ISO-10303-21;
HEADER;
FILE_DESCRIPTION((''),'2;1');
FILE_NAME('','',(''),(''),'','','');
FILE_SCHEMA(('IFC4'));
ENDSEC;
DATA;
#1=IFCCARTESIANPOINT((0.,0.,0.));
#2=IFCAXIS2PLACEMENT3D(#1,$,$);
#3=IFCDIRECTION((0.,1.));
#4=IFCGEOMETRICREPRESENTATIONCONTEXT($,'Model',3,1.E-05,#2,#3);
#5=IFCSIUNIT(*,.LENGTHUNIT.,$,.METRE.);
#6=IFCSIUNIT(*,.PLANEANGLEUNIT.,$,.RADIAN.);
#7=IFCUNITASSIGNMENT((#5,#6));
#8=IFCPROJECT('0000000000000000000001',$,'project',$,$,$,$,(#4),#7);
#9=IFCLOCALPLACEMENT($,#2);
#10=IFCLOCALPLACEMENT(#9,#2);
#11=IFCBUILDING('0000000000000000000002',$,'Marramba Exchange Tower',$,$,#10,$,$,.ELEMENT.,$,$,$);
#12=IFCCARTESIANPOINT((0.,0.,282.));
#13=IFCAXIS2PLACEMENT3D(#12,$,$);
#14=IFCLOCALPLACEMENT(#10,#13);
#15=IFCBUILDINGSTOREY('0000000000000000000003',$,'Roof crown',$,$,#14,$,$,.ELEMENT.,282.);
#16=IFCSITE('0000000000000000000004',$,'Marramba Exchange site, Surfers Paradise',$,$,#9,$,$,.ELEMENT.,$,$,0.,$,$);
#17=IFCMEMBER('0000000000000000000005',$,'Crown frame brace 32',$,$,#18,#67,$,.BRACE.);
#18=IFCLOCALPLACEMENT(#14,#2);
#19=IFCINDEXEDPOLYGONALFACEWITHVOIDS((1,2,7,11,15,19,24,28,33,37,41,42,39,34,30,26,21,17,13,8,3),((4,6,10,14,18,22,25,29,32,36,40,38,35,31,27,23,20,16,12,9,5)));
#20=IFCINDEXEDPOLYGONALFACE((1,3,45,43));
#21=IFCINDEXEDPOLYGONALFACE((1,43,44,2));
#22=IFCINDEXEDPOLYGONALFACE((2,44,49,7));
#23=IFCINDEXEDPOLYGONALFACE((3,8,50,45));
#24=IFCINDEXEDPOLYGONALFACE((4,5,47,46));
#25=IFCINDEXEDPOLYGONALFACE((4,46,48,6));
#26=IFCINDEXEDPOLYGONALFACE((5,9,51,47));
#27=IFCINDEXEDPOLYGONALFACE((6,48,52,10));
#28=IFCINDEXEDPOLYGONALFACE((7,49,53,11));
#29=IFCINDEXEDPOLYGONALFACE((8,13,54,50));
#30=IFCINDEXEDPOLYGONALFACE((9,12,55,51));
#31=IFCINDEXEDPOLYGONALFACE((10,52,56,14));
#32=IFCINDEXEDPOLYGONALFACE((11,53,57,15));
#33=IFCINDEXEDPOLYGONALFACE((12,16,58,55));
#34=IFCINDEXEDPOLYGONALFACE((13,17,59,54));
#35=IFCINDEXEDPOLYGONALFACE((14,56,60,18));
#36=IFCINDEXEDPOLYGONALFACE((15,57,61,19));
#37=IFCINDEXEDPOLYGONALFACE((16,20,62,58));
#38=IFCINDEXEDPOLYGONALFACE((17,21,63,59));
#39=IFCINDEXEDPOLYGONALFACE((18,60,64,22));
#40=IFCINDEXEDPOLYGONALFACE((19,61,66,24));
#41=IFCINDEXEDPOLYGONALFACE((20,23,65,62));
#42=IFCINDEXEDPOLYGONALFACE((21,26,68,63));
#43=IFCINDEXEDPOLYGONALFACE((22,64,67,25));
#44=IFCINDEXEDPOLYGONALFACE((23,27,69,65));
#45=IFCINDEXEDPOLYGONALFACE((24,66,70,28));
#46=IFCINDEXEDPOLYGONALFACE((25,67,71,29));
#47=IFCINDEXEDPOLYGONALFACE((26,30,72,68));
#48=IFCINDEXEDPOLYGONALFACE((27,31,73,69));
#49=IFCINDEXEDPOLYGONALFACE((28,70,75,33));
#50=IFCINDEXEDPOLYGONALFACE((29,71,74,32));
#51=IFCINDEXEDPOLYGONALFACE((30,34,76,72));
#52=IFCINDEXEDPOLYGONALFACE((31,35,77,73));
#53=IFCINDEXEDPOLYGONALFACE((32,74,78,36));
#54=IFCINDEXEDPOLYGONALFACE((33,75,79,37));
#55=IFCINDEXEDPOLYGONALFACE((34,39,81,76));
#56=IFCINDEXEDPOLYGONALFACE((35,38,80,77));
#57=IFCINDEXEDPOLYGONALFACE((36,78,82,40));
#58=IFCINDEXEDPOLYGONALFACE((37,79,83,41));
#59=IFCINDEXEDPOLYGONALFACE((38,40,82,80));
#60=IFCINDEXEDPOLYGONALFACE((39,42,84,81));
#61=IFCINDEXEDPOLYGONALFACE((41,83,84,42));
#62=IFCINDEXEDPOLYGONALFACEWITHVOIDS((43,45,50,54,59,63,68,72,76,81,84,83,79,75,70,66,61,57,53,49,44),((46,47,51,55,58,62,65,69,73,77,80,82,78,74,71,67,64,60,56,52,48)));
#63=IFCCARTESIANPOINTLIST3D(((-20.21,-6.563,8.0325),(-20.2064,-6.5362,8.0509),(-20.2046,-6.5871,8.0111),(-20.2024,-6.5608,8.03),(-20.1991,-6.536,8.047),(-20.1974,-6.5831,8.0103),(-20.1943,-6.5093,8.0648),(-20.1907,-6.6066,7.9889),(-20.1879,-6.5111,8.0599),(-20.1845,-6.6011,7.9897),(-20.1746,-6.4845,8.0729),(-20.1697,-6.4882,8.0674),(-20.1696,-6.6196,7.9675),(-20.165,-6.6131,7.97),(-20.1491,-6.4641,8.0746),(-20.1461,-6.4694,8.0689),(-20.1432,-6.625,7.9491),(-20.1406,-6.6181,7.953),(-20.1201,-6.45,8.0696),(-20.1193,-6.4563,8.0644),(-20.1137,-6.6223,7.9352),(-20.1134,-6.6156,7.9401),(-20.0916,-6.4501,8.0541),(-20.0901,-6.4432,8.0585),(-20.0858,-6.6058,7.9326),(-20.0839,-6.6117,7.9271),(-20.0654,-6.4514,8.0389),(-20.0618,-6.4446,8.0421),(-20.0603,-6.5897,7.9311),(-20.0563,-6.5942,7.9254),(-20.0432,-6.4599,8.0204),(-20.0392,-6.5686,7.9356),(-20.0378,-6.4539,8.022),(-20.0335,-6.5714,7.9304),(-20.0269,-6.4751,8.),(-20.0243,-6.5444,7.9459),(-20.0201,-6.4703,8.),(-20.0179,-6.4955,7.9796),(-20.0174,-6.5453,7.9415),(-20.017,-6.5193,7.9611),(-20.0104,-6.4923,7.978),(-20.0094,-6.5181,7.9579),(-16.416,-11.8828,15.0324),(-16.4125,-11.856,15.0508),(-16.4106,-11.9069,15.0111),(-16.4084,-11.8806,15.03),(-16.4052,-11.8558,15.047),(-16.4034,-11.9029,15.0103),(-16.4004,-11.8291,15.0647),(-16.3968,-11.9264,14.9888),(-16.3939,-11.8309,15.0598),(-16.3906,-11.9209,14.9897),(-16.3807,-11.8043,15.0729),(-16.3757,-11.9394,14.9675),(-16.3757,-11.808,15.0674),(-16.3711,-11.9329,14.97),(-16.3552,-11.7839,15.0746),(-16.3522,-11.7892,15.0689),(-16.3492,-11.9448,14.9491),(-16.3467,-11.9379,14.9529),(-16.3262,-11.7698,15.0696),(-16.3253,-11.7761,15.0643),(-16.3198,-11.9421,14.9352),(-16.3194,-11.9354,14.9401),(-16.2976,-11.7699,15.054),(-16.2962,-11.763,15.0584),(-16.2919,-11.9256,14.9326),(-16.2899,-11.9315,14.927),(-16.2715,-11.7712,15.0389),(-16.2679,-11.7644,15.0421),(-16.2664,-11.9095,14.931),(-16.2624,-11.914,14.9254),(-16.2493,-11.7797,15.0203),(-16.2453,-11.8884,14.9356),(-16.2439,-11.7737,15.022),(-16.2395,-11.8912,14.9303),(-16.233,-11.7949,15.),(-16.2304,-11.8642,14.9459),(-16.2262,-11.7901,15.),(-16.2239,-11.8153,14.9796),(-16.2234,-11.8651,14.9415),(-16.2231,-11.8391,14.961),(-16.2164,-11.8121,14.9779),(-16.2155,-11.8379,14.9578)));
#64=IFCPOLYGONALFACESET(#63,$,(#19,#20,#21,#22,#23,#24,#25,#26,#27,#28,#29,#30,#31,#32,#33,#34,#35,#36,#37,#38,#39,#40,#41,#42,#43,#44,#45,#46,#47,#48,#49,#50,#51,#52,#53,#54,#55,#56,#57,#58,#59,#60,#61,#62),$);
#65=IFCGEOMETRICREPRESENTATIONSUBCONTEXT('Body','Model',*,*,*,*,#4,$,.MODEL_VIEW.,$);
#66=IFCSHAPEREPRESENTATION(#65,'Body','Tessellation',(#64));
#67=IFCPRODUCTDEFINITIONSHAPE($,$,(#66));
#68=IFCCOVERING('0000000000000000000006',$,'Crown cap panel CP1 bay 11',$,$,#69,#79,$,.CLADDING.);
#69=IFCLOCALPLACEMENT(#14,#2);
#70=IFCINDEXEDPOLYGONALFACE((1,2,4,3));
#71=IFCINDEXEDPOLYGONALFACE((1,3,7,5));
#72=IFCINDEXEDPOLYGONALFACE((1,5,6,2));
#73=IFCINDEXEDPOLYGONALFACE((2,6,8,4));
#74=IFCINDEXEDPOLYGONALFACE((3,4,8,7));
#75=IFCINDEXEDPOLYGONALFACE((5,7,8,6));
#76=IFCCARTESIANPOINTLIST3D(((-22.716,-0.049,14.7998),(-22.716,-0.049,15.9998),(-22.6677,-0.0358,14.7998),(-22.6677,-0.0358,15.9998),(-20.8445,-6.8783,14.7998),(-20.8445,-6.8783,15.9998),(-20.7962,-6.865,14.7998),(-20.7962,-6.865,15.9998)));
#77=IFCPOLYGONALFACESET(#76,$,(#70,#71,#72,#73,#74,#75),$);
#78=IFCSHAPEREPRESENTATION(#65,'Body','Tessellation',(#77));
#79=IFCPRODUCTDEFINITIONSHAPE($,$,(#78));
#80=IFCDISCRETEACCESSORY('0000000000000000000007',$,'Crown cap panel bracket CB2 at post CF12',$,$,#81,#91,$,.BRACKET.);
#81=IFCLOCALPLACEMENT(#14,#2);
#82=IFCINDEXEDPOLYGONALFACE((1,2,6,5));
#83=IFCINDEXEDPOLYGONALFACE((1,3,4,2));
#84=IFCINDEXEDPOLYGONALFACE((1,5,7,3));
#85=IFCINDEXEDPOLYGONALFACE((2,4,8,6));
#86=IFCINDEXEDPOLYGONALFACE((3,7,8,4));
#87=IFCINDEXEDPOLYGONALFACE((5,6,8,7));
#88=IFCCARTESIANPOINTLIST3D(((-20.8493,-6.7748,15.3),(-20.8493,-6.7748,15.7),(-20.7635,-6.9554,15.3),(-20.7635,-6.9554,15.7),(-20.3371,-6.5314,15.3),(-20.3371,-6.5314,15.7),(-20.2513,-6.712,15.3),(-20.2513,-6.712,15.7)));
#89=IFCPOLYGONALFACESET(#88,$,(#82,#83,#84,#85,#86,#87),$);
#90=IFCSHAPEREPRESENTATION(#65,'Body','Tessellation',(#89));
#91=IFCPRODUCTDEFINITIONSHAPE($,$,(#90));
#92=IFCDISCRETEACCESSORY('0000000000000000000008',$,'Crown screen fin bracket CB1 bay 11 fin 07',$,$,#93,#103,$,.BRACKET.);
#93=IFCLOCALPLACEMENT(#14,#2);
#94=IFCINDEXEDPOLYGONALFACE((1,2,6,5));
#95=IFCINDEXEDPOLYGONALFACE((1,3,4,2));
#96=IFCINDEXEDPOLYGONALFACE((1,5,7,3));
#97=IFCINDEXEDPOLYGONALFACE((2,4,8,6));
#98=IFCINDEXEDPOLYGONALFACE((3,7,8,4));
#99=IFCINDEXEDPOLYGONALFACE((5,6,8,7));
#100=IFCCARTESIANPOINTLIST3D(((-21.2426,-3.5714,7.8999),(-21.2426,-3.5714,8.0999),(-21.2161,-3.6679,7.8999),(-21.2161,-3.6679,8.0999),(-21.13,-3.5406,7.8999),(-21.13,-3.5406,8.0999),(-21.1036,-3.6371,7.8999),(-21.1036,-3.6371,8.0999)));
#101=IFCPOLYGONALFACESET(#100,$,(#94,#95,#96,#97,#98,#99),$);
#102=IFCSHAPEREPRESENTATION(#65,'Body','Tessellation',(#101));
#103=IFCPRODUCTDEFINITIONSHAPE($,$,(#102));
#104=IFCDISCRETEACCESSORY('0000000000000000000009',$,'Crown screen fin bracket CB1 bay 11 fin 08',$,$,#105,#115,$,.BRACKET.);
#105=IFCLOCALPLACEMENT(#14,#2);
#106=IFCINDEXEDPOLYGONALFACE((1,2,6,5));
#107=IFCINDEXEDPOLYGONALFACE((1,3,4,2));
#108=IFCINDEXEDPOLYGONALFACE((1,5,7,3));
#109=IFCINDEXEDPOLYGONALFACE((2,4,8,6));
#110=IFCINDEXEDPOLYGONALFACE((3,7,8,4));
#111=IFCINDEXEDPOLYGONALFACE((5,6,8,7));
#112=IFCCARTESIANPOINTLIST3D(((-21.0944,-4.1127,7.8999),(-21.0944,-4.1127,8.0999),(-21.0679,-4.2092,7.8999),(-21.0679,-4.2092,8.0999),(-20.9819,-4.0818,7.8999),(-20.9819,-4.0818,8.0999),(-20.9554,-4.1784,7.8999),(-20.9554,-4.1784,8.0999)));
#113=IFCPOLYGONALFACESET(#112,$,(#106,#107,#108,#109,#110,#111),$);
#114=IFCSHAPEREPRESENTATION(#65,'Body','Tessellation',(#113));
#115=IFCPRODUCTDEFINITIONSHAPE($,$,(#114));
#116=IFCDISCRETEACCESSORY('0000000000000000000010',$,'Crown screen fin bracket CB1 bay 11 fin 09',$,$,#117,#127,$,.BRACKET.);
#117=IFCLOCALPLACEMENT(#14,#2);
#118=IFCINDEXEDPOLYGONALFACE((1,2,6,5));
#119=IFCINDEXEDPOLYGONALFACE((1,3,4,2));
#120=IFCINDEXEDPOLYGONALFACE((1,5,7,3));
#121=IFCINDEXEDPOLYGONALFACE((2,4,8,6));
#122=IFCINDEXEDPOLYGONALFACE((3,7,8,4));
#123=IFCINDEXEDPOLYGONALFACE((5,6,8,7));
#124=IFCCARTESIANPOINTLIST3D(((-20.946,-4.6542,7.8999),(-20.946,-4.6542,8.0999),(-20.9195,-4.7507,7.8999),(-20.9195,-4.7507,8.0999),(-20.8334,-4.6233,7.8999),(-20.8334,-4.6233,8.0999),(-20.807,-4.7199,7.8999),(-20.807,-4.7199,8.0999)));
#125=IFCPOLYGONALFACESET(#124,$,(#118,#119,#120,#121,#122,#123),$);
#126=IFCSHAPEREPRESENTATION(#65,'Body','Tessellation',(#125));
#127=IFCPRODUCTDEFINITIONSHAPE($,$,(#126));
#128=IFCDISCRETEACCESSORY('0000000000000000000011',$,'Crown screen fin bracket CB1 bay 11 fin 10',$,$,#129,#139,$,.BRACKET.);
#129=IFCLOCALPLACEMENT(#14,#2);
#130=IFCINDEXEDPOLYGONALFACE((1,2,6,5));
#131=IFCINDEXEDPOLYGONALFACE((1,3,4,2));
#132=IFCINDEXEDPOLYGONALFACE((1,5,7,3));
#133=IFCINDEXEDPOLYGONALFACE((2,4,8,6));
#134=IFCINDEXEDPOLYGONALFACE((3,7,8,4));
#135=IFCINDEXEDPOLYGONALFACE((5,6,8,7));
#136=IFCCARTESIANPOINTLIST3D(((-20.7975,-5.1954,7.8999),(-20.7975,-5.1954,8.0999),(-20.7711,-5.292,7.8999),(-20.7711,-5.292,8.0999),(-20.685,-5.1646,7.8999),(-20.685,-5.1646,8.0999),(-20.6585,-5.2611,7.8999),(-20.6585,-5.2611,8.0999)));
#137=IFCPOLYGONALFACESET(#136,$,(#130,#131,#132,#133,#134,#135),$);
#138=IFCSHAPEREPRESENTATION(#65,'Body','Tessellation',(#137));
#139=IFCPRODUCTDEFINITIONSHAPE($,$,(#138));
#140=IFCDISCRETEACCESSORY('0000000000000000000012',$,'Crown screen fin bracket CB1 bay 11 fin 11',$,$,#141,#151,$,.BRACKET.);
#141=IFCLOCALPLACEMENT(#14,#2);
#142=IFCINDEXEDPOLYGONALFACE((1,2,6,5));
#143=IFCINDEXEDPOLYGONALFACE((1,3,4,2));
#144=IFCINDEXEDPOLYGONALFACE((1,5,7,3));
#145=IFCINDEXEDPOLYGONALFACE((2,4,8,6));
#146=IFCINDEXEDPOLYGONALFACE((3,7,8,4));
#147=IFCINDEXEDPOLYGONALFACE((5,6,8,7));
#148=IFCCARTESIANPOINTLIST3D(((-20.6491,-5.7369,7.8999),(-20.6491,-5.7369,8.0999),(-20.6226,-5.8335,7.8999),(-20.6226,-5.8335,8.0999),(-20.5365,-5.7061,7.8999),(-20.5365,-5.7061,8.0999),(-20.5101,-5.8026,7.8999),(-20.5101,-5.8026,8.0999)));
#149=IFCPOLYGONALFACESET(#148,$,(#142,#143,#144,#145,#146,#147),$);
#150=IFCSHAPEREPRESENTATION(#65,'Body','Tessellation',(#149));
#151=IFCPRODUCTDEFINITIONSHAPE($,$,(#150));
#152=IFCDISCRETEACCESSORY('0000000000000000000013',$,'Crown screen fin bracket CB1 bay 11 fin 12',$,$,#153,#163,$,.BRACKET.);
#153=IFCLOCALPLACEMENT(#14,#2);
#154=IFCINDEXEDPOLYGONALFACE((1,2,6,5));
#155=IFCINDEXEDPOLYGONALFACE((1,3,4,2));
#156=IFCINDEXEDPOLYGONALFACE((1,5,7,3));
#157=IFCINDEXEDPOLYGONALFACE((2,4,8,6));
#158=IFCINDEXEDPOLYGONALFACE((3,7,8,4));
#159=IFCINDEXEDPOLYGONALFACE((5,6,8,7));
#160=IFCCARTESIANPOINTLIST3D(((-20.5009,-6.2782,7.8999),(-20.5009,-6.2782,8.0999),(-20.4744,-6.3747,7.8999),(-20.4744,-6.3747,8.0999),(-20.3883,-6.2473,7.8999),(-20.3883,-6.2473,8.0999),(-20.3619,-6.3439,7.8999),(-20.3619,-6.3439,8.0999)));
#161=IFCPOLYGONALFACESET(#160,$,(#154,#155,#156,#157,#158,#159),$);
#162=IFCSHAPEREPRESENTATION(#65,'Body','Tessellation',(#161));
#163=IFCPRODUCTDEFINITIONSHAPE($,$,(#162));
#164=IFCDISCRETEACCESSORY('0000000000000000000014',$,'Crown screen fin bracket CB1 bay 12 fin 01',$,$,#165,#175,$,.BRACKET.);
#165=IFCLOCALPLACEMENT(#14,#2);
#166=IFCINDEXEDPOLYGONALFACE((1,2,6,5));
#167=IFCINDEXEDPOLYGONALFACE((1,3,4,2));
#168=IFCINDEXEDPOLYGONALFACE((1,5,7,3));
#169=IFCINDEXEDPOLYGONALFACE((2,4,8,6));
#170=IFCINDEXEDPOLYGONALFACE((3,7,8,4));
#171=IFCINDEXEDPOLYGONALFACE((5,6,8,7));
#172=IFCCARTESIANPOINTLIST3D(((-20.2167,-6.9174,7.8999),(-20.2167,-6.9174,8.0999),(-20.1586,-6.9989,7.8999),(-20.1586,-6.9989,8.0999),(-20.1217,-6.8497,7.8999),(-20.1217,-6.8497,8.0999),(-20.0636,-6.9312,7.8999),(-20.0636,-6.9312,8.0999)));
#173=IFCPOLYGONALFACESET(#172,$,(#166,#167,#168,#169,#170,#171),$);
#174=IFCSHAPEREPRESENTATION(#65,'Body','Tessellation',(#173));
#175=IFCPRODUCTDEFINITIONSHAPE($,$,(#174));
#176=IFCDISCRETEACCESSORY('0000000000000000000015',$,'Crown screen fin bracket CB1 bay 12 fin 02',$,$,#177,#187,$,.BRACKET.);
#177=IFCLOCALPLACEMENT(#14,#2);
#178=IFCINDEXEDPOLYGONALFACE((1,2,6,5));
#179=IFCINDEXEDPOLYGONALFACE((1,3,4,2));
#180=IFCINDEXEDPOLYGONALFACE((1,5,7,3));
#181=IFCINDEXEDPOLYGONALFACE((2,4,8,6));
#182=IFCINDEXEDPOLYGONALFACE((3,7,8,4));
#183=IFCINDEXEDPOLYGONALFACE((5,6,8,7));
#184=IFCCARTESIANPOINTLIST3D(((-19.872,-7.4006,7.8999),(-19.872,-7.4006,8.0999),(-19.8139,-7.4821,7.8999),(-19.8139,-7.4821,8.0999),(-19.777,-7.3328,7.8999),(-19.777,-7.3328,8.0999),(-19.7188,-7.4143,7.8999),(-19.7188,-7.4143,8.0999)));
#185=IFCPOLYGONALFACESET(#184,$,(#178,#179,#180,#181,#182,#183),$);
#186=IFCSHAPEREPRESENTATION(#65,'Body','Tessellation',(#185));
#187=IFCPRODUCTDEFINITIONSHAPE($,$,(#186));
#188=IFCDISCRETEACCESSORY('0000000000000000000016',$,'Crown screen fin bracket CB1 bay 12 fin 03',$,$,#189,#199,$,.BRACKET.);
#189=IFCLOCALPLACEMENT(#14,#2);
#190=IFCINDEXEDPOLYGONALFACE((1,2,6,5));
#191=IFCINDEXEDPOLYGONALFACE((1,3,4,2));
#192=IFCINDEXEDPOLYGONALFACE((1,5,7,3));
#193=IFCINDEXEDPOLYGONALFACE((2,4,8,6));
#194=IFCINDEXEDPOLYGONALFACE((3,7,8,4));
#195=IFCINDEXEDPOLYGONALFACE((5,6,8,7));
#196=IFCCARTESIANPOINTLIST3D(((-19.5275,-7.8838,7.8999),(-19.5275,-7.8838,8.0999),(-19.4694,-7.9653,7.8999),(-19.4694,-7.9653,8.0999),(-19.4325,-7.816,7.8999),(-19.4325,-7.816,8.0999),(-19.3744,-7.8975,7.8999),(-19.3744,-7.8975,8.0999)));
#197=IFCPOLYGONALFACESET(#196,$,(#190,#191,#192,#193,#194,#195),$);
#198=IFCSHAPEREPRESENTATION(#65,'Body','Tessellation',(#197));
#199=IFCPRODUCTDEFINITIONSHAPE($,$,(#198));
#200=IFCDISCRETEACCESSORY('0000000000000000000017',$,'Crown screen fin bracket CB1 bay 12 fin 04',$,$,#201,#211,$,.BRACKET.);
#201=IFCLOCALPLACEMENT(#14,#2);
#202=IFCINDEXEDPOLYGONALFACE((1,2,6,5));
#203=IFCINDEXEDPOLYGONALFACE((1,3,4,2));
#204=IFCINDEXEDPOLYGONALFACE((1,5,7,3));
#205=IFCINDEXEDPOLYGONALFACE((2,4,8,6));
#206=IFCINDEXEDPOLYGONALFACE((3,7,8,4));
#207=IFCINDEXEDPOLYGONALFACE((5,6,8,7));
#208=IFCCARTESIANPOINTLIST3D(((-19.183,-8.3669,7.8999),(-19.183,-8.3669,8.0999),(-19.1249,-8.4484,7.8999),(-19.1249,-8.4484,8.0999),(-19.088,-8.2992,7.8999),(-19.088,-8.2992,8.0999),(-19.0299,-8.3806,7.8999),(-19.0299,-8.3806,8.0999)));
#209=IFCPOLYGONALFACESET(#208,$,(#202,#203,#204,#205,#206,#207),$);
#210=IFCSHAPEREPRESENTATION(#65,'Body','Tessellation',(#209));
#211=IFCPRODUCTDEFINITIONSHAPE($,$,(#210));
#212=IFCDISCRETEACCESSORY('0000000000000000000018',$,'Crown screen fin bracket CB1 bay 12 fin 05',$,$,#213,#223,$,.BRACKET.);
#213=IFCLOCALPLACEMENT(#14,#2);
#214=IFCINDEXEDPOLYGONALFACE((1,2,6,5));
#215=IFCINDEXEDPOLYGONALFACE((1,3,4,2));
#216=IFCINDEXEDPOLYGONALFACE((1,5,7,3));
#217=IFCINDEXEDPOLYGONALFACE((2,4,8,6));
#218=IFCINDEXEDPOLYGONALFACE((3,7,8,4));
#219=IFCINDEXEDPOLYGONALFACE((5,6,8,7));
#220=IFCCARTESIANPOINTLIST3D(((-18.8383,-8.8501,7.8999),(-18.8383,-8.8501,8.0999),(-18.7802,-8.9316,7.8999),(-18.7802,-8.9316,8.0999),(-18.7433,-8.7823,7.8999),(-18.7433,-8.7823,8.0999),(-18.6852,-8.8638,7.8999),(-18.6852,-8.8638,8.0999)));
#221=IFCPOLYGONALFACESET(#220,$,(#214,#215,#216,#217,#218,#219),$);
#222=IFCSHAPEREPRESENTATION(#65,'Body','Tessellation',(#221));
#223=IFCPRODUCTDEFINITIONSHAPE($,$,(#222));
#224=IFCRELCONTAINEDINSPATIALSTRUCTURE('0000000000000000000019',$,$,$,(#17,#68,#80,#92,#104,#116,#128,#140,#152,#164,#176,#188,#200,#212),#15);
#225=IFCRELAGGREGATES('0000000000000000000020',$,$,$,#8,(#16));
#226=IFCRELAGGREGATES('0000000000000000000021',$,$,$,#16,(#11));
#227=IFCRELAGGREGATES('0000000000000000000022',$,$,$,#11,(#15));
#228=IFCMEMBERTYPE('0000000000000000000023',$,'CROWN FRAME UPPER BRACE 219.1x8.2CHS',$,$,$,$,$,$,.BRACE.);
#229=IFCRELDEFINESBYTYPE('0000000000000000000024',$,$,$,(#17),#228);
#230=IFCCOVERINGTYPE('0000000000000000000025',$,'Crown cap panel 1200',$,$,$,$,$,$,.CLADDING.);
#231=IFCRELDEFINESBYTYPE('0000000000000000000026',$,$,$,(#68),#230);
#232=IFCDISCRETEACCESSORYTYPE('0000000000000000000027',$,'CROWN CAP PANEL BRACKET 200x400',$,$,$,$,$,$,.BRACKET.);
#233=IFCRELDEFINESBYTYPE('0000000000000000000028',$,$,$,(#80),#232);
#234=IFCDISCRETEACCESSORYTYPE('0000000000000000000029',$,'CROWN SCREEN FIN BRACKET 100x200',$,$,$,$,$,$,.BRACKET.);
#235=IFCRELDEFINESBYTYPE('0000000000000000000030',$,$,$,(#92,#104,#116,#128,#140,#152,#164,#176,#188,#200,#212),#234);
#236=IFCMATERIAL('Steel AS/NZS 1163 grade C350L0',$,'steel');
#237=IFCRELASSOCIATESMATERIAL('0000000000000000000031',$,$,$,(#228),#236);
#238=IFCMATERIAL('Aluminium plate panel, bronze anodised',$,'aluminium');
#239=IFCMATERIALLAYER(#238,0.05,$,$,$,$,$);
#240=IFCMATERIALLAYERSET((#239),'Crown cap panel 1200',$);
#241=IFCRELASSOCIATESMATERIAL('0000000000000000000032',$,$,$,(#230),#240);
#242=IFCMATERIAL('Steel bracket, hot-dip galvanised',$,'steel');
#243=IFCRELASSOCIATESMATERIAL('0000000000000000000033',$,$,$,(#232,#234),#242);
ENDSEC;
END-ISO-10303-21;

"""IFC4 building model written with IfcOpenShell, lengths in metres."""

from ifc_helpers import new_model, si_unit, direction, frame, origin, origin_2d, place, context, subcontext, project, spatial, rectangle, hollow_circle, extrude, material, layer, layer_set, material_profile, profile_set, type_object, element, save


model = new_model("IFC4")

# Units and contexts
model_context = context("Model", 3, precision=1e-05, world=origin(), true_north=direction((0.0, 1.0)))
body_context = subcontext(model_context, "Body", "Model", "MODEL_VIEW")
ifc_project = project(units=[si_unit("LENGTHUNIT", "METRE"), si_unit("PLANEANGLEUNIT", "RADIAN")], contexts=[model_context])

# Site, building, storey
site_placement = place(None, origin())
site = spatial("IfcSite", under=ifc_project, at=site_placement, Name="Marramba Exchange site, Surfers Paradise", CompositionType="ELEMENT", RefElevation=0.0)
building_placement = place(site_placement, origin())
building = spatial("IfcBuilding", under=site, at=building_placement, Name="Marramba Exchange Tower", CompositionType="ELEMENT")
storey_placement = place(building_placement, frame((0.0, 0.0, 282.0)))
storey = spatial("IfcBuildingStorey", under=building, at=storey_placement, Name="Roof crown", CompositionType="ELEMENT", Elevation=282.0)

# Shared definitions
ifc_material_1 = material(Name="Steel AS/NZS 1163 grade C350L0", Category="steel")

# Member
ifc_material_profile_1 = material_profile(ifc_material_1, hollow_circle(Radius=0.1096, WallThickness=0.0083, at=origin_2d()), Name="219.1x8.2CHS")
ifc_profile_set_1 = profile_set([ifc_material_profile_1], Name="Steel AS/NZS 1163 grade C350L0")
member_type = type_object("IfcMemberType", Name="CROWN FRAME UPPER BRACE 219.1x8.2CHS", PredefinedType="BRACE", material=ifc_profile_set_1)
member_1_placement = place(storey_placement, frame((-20.1094, -6.5339, 8.0), z_axis=(0.396204, -0.555553, 0.731015), x_axis=(0.814162, 0.580637, 0.0)))
element("IfcMember", 1, at=member_1_placement, inside=storey, type_object=member_type, Name="Crown frame brace 32", PredefinedType="BRACE", context=body_context, shape_type="SweptSolid", body=[
    extrude(hollow_circle(Radius=0.1096, WallThickness=0.0083, at=origin_2d()), origin(), (0.0, 0.0, 1.0), 9.5757),
])

# Covering
ifc_material_2 = material(Name="Aluminium plate panel, bronze anodised", Category="aluminium")
ifc_layer = layer(ifc_material_2, 0.05)
ifc_layer_set = layer_set([ifc_layer], Name="Crown cap panel 1200")
covering_type = type_object("IfcCoveringType", Name="Crown cap panel 1200", PredefinedType="CLADDING", material=ifc_layer_set)
covering_placement = place(storey_placement, frame((-21.7561, -3.457, 14.7998), z_axis=(0.0, 0.0, 1.0), x_axis=(0.264304, -0.964439, 0.0)))
element("IfcCovering", 2, at=covering_placement, inside=storey, type_object=covering_type, Name="Crown cap panel CP1 bay 11", PredefinedType="CLADDING", context=body_context, shape_type="SweptSolid", body=[
    extrude(rectangle(XDim=7.0811, YDim=0.05, at=origin_2d()), origin(), (0.0, 0.0, 1.0), 1.2),
])

# Discrete accessories
ifc_material_3 = material(Name="Steel bracket, hot-dip galvanised", Category="steel")
discrete_accessory_type_1 = type_object("IfcDiscreteAccessoryType", Name="CROWN CAP PANEL BRACKET 200x400", PredefinedType="BRACKET", material=ifc_material_3)
discrete_accessory_placement = place(storey_placement, frame((-20.5503, -6.7434, 15.3), z_axis=(0.0, 0.0, 1.0), x_axis=(-0.903256, -0.429102, 0.0)))
element("IfcDiscreteAccessory", 3, at=discrete_accessory_placement, inside=storey, type_object=discrete_accessory_type_1, Name="Crown cap panel bracket CB2 at post CF12", PredefinedType="BRACKET", context=body_context, shape_type="SweptSolid", body=[
    extrude(rectangle(XDim=0.5671, YDim=0.2, at=origin_2d()), origin(), (0.0, 0.0, 1.0), 0.3999),
])
discrete_accessory_type_2 = type_object("IfcDiscreteAccessoryType", Name="CROWN SCREEN FIN BRACKET 100x200", PredefinedType="BRACKET", material=ifc_material_3)
for number, where, z_axis, x_axis, name in (
    (4, (-21.1731, -3.6042, 7.8999), (0.0, 0.0, 1.0), (0.264304, -0.964439, 0.0), "Crown screen fin bracket CB1 bay 11 fin 07"),
    (5, (-21.0249, -4.1455, 7.8999), (0.0, 0.0, 1.0), (0.264304, -0.964439, 0.0), "Crown screen fin bracket CB1 bay 11 fin 08"),
    (6, (-20.8765, -4.687, 7.8999), (0.0, 0.0, 1.0), (0.264304, -0.964439, 0.0), "Crown screen fin bracket CB1 bay 11 fin 09"),
    (7, (-20.728, -5.2283, 7.8999), (0.0, 0.0, 1.0), (0.264304, -0.964439, 0.0), "Crown screen fin bracket CB1 bay 11 fin 10"),
    (8, (-20.5796, -5.7698, 7.8999), (0.0, 0.0, 1.0), (0.264304, -0.964439, 0.0), "Crown screen fin bracket CB1 bay 11 fin 11"),
    (9, (-20.4314, -6.311, 7.8999), (0.0, 0.0, 1.0), (0.264304, -0.964439, 0.0), "Crown screen fin bracket CB1 bay 11 fin 12"),
    (10, (-20.1401, -6.9243, 7.8999), (0.0, 0.0, 1.0), (0.58064, -0.81416, 0.0), "Crown screen fin bracket CB1 bay 12 fin 01"),
    (11, (-19.7954, -7.4075, 7.8999), (0.0, 0.0, 1.0), (0.58064, -0.81416, 0.0), "Crown screen fin bracket CB1 bay 12 fin 02"),
    (12, (-19.4509, -7.8906, 7.8999), (0.0, 0.0, 1.0), (0.58064, -0.81416, 0.0), "Crown screen fin bracket CB1 bay 12 fin 03"),
    (13, (-19.1064, -8.3738, 7.8999), (0.0, 0.0, 1.0), (0.58064, -0.81416, 0.0), "Crown screen fin bracket CB1 bay 12 fin 04"),
    (14, (-18.7617, -8.8569, 7.8999), (0.0, 0.0, 1.0), (0.58064, -0.81416, 0.0), "Crown screen fin bracket CB1 bay 12 fin 05"),
):
    element("IfcDiscreteAccessory", number, at=place(storey_placement, frame(where, z_axis=z_axis, x_axis=x_axis)), inside=storey, type_object=discrete_accessory_type_2, Name=name, PredefinedType="BRACKET", context=body_context, shape_type="SweptSolid", body=[
        extrude(rectangle(XDim=0.1001, YDim=0.1167, at=origin_2d()), origin(), (0.0, 0.0, 1.0), 0.2),
    ])

save(model, "model.ifc")
